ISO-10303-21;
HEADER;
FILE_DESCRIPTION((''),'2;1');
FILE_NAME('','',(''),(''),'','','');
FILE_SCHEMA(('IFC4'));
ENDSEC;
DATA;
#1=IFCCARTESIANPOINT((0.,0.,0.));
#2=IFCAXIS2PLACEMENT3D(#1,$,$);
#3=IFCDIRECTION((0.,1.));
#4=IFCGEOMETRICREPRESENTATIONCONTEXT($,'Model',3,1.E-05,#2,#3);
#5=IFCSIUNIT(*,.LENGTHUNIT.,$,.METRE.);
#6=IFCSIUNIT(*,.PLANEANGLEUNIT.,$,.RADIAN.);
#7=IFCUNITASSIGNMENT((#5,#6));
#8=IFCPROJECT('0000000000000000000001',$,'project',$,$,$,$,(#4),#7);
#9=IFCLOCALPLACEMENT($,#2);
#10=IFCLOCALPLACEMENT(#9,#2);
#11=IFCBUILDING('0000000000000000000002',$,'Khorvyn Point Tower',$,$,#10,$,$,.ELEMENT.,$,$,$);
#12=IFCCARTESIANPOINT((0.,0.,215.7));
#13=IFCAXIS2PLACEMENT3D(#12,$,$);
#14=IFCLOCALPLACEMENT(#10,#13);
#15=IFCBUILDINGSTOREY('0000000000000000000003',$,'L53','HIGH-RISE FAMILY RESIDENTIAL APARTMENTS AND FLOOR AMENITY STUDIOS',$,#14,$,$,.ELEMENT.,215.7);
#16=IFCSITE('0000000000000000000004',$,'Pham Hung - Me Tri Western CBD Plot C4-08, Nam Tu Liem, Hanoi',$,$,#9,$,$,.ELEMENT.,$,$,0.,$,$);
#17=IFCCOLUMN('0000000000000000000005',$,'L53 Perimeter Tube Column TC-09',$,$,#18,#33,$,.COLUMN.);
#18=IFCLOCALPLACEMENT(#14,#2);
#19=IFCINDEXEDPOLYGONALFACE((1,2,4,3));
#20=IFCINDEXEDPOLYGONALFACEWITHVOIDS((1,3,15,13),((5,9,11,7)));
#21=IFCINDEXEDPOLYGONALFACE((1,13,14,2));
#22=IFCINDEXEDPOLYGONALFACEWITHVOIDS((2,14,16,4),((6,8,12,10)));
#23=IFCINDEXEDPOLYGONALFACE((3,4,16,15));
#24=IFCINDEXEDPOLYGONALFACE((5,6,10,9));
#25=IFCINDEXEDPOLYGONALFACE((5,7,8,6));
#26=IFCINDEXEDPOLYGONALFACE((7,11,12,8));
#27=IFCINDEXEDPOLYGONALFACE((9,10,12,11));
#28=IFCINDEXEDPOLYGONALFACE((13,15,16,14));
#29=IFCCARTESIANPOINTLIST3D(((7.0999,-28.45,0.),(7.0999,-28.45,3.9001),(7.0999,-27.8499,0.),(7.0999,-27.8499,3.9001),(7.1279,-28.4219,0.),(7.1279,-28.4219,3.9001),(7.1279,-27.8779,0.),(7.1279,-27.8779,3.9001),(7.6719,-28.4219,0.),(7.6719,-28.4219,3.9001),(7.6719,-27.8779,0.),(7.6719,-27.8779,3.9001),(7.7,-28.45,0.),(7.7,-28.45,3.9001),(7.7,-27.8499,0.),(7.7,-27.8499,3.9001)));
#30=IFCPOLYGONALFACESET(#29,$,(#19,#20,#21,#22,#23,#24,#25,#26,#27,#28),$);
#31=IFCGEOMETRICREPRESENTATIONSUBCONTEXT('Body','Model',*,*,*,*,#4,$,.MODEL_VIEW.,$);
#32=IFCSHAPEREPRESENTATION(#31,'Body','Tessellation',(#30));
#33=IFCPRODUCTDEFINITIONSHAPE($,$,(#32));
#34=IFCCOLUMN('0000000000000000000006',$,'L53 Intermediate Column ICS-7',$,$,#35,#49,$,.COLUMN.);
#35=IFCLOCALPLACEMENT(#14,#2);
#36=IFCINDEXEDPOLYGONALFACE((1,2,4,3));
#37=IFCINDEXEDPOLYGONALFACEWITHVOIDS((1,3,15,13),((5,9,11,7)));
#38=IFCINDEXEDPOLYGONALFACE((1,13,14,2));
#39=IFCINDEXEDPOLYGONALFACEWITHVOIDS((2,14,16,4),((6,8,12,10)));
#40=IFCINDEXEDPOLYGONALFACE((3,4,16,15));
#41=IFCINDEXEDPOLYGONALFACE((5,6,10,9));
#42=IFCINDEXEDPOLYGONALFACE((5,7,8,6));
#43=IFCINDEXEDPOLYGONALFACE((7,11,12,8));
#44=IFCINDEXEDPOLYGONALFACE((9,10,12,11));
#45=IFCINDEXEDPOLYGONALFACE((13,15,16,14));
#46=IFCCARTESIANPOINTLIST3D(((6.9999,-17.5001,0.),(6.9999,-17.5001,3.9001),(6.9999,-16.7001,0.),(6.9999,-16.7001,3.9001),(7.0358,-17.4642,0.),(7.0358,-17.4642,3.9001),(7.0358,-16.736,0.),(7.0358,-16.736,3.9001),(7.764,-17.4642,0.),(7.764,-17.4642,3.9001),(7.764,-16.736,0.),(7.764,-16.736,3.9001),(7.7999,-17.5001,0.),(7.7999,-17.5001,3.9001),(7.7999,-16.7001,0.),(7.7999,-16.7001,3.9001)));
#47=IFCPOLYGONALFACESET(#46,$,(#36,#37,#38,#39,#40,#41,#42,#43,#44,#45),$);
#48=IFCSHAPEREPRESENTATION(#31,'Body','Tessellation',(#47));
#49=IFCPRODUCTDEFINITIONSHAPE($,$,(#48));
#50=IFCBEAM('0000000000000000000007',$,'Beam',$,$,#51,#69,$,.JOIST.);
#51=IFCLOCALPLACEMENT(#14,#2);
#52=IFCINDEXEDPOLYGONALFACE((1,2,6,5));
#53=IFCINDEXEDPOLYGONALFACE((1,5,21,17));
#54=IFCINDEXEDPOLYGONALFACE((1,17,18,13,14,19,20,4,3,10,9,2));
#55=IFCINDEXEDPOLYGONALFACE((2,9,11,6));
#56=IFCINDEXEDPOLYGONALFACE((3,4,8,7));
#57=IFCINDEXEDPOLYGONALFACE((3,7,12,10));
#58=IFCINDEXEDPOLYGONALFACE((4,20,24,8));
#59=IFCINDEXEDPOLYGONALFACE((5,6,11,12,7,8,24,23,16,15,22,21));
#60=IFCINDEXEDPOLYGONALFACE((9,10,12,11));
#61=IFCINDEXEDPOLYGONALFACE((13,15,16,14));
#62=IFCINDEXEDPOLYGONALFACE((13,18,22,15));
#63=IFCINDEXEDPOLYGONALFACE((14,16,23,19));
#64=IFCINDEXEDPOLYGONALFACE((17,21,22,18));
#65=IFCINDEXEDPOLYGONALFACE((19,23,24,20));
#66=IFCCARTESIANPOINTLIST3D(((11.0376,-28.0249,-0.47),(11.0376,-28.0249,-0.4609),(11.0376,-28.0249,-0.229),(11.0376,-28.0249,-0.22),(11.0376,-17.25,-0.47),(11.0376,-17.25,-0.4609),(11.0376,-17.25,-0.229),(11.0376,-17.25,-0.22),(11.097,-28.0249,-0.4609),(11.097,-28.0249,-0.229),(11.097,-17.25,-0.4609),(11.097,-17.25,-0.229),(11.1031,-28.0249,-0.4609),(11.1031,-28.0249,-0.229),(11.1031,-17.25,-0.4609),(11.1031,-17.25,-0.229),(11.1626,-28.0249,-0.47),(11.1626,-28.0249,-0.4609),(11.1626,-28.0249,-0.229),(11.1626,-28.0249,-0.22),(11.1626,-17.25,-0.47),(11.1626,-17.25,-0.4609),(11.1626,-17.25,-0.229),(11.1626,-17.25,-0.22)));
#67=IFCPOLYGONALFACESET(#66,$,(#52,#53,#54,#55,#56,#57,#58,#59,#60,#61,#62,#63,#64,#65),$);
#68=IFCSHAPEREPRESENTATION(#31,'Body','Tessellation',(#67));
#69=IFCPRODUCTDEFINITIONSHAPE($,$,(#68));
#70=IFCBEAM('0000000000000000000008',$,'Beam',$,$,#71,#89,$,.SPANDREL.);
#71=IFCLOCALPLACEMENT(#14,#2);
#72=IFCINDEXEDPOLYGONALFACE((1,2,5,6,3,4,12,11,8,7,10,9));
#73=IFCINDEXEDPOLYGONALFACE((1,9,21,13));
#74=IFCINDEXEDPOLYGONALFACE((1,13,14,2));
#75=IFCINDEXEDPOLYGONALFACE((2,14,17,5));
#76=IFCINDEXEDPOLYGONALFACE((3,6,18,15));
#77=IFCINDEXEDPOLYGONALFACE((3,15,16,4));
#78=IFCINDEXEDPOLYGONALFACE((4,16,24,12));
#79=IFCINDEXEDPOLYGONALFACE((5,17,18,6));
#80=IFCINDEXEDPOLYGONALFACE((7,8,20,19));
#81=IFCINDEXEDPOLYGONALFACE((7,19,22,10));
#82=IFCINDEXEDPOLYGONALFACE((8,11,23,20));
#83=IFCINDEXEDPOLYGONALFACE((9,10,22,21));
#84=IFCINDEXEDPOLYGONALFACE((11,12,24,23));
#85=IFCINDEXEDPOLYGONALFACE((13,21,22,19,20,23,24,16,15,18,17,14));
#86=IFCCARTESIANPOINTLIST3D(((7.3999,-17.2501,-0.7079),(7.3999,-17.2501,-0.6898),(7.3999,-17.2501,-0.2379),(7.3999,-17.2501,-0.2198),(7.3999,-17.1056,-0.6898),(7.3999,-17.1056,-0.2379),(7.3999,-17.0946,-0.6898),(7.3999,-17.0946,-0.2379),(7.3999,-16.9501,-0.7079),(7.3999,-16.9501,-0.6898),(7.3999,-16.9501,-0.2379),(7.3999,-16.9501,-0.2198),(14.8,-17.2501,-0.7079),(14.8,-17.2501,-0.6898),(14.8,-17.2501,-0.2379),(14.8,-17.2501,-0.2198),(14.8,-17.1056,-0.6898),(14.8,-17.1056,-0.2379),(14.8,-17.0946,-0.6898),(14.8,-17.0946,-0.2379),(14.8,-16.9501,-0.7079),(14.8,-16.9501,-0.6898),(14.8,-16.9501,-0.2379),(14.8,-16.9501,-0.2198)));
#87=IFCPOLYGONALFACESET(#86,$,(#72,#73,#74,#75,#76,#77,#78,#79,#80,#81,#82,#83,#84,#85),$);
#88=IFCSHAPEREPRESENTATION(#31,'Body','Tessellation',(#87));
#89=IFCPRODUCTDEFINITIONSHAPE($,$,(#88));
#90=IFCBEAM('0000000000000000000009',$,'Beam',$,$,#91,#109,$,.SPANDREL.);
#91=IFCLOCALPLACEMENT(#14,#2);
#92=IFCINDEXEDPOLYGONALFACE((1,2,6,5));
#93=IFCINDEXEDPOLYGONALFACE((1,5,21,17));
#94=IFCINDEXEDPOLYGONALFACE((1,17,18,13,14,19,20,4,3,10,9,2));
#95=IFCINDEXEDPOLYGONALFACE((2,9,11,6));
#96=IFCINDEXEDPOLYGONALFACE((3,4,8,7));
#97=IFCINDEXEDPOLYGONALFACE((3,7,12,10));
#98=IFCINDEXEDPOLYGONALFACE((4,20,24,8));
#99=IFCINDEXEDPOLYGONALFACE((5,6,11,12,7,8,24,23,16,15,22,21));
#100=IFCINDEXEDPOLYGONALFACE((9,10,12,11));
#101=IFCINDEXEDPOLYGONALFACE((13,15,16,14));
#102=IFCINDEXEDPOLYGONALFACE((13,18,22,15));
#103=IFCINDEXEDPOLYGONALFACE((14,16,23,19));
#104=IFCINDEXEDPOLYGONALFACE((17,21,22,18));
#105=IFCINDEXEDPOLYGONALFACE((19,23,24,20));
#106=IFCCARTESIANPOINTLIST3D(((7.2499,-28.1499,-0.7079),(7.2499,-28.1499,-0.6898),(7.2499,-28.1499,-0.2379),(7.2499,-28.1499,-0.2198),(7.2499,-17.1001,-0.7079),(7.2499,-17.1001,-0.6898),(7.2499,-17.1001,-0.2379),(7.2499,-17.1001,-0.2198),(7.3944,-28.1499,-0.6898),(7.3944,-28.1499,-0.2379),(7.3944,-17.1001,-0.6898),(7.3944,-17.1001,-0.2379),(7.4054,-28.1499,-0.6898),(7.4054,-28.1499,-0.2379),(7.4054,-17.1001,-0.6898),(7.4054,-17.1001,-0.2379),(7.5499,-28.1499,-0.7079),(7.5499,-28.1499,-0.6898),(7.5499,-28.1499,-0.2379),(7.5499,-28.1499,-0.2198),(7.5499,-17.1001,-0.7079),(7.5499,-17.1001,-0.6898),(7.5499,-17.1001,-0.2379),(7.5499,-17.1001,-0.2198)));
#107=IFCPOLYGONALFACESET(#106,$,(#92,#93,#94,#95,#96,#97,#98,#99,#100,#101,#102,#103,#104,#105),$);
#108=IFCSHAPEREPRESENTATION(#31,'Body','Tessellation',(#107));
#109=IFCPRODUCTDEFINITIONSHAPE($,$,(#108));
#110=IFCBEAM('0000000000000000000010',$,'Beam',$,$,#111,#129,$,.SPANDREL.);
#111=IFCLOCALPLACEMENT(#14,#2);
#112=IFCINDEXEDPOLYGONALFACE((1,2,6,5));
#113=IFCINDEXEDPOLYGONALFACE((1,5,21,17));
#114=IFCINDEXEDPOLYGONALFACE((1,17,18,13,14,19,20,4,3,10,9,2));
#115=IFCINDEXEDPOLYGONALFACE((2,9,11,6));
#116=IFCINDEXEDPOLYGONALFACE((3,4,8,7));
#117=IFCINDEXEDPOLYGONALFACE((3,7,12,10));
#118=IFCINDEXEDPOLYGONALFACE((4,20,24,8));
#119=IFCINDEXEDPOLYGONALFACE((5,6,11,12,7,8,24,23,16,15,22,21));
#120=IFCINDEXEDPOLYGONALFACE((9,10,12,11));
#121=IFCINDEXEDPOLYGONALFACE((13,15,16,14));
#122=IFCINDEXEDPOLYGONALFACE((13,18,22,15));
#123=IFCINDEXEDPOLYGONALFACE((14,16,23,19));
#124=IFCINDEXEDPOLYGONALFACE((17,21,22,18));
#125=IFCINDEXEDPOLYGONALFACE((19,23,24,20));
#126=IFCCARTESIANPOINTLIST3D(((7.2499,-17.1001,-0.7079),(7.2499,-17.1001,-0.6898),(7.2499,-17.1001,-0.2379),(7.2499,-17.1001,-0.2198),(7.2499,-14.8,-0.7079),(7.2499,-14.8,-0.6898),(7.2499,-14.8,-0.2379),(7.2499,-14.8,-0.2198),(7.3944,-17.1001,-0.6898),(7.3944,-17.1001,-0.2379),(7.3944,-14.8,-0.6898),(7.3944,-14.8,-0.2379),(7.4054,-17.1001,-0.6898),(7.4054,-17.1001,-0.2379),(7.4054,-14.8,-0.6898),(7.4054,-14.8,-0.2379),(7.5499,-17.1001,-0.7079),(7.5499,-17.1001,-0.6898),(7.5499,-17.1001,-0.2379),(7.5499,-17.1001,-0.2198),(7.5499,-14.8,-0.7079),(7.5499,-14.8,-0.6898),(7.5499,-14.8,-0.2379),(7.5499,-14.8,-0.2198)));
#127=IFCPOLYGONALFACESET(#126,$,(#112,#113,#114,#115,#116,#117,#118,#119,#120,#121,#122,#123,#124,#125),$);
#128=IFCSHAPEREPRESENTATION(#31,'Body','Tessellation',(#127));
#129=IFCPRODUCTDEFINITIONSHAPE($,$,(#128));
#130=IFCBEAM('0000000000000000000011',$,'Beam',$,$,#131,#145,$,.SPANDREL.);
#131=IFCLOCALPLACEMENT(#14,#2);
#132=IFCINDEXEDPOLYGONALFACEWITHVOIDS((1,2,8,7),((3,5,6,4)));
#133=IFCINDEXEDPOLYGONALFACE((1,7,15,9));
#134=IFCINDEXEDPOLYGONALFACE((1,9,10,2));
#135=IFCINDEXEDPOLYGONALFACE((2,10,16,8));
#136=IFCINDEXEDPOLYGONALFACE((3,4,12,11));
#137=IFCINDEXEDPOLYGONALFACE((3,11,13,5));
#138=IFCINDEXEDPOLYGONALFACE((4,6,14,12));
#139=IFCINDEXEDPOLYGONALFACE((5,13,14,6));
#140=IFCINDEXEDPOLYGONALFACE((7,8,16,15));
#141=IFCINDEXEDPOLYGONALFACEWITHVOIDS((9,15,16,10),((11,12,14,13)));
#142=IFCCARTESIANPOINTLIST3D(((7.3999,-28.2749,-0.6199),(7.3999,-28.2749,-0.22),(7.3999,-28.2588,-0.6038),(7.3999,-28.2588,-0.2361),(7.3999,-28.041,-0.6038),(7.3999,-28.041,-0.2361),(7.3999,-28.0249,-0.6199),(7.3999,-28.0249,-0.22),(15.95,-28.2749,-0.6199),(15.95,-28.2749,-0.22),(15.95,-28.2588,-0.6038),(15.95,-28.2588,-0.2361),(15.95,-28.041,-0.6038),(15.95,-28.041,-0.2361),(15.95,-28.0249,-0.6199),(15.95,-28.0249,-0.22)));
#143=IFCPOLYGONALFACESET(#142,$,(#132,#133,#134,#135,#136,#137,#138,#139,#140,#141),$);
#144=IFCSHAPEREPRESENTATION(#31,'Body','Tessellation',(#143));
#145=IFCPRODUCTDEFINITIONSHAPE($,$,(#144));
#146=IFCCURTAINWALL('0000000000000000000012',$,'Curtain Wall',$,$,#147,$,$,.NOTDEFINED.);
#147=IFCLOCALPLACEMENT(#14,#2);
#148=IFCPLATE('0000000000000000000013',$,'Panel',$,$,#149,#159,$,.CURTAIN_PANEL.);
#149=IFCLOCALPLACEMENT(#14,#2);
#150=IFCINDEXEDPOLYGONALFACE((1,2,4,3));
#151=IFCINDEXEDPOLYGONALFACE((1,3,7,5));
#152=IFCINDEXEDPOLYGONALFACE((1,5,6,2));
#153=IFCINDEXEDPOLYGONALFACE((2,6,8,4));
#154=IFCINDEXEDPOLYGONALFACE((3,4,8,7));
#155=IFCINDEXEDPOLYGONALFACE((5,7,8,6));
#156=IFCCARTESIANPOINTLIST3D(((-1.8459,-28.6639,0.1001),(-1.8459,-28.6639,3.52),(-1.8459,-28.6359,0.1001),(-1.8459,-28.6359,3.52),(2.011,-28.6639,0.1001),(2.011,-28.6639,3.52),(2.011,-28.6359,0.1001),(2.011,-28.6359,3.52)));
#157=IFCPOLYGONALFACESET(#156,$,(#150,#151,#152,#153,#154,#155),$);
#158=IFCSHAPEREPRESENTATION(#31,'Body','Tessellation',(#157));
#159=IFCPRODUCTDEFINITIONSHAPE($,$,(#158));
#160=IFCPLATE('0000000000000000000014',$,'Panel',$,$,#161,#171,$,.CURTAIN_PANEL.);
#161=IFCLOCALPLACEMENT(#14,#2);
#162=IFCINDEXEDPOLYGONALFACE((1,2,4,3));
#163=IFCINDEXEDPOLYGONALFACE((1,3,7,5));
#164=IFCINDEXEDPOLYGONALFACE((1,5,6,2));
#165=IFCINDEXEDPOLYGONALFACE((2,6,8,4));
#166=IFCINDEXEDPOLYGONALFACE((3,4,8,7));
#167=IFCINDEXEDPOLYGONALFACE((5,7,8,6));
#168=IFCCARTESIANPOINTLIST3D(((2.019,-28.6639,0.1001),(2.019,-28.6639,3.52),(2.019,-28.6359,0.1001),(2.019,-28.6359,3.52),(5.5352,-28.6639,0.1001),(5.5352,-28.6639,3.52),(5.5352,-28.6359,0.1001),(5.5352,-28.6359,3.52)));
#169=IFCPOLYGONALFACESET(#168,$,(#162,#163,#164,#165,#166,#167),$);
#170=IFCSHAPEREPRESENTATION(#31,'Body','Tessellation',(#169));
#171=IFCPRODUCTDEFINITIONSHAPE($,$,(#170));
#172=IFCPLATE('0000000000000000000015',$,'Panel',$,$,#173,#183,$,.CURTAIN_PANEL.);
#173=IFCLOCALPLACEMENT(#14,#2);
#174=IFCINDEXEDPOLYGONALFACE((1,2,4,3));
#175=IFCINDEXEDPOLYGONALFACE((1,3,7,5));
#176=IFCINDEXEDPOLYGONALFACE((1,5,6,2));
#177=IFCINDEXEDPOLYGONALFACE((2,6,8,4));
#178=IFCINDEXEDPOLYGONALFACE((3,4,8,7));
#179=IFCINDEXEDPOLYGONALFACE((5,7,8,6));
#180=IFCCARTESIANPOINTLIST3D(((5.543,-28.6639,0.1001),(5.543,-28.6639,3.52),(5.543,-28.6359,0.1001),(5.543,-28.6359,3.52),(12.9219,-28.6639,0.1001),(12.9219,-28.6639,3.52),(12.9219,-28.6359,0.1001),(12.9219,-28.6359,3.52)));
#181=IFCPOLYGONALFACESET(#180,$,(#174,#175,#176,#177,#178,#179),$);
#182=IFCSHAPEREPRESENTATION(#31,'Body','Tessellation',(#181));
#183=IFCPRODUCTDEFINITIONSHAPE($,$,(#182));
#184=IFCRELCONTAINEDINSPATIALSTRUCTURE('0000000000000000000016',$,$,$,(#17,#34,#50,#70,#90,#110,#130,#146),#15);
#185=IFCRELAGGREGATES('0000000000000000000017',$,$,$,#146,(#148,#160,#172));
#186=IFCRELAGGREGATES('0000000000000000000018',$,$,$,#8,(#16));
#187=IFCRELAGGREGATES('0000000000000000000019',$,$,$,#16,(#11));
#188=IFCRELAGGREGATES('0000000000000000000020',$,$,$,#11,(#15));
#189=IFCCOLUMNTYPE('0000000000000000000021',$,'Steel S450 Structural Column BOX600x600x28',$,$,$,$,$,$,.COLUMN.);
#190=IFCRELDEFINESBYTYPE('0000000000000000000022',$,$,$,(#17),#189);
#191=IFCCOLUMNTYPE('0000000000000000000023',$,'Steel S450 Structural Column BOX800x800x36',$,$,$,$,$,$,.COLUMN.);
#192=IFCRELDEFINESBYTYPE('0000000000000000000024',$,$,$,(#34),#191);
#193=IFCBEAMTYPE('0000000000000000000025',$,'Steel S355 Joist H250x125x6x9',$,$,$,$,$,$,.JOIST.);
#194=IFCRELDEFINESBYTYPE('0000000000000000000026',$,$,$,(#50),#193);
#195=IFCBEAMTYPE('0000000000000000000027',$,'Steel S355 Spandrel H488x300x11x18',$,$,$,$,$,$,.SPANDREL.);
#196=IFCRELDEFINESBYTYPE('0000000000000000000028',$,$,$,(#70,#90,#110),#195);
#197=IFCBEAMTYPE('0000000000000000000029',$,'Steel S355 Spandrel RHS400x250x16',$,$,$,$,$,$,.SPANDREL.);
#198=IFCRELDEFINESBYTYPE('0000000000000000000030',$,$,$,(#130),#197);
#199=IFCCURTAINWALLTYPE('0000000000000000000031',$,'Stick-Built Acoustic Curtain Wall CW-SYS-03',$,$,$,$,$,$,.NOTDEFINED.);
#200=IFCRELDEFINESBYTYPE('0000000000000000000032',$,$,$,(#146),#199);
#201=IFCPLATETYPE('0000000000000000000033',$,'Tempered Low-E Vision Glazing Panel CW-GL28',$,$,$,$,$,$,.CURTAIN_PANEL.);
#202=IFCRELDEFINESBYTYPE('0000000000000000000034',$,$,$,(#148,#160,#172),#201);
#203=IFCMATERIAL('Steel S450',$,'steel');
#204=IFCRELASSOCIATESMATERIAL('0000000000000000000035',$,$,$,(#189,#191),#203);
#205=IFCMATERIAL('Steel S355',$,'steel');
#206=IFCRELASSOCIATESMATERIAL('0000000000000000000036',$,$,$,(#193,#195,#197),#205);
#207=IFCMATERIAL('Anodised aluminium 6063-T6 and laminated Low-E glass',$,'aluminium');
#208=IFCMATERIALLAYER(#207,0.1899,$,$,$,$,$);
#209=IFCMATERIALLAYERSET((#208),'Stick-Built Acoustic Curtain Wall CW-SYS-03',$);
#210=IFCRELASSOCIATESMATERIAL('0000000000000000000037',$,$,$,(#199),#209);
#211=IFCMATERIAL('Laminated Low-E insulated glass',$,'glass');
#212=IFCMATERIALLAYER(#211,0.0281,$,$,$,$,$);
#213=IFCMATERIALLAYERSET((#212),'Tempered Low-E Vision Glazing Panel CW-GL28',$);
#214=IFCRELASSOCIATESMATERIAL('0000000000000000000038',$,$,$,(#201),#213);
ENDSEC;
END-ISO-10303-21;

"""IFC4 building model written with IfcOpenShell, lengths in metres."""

from ifc_helpers import new_model, si_unit, direction, frame, origin, origin_2d, place, context, subcontext, project, spatial, rectangle, hollow_rectangle, i_section, extrude, material, layer, layer_set, material_profile, profile_set, type_object, element, aggregate, save


model = new_model("IFC4")

# Units and contexts
model_context = context("Model", 3, precision=1e-05, world=origin(), true_north=direction((0.0, 1.0)))
body_context = subcontext(model_context, "Body", "Model", "MODEL_VIEW")
ifc_project = project(units=[si_unit("LENGTHUNIT", "METRE"), si_unit("PLANEANGLEUNIT", "RADIAN")], contexts=[model_context])

# Site, building, storey
site_placement = place(None, origin())
site = spatial("IfcSite", under=ifc_project, at=site_placement, Name="Pham Hung - Me Tri Western CBD Plot C4-08, Nam Tu Liem, Hanoi", CompositionType="ELEMENT", RefElevation=0.0)
building_placement = place(site_placement, origin())
building = spatial("IfcBuilding", under=site, at=building_placement, Name="Khorvyn Point Tower", CompositionType="ELEMENT")
storey_placement = place(building_placement, frame((0.0, 0.0, 215.7)))
storey = spatial("IfcBuildingStorey", under=building, at=storey_placement, Name="L53", Description="HIGH-RISE FAMILY RESIDENTIAL APARTMENTS AND FLOOR AMENITY STUDIOS", CompositionType="ELEMENT", Elevation=215.7)

# Columns
ifc_material_1 = material(Name="Steel S450", Category="steel")
ifc_material_profile_1 = material_profile(ifc_material_1, hollow_rectangle(XDim=0.6001, YDim=0.6001, WallThickness=0.0281, at=origin_2d()))
ifc_profile_set_1 = profile_set([ifc_material_profile_1], Name="Steel S450 BOX600x600x28")
column_type_1 = type_object("IfcColumnType", Name="Steel S450 Structural Column BOX600x600x28", PredefinedType="COLUMN", material=ifc_profile_set_1)
column_1_placement = place(storey_placement, frame((7.3999, -28.1499, 0.0), z_axis=(0.0, 0.0, 1.0), x_axis=(1.0, 0.0, 0.0)))
element("IfcColumn", 1, at=column_1_placement, inside=storey, type_object=column_type_1, Name="L53 Perimeter Tube Column TC-09", PredefinedType="COLUMN", context=body_context, shape_type="SweptSolid", body=[
    extrude(hollow_rectangle(XDim=0.6001, YDim=0.6001, WallThickness=0.0281, at=origin_2d()), origin(), (0.0, 0.0, 1.0), 3.9001),
])
ifc_material_profile_2 = material_profile(ifc_material_1, hollow_rectangle(XDim=0.8, YDim=0.8, WallThickness=0.0359, at=origin_2d()))
ifc_profile_set_2 = profile_set([ifc_material_profile_2], Name="Steel S450 BOX800x800x36")
column_type_2 = type_object("IfcColumnType", Name="Steel S450 Structural Column BOX800x800x36", PredefinedType="COLUMN", material=ifc_profile_set_2)
column_2_placement = place(storey_placement, frame((7.3999, -17.1001, 0.0), z_axis=(0.0, 0.0, 1.0), x_axis=(1.0, 0.0, 0.0)))
element("IfcColumn", 2, at=column_2_placement, inside=storey, type_object=column_type_2, Name="L53 Intermediate Column ICS-7", PredefinedType="COLUMN", context=body_context, shape_type="SweptSolid", body=[
    extrude(hollow_rectangle(XDim=0.8, YDim=0.8, WallThickness=0.0359, at=origin_2d()), origin(), (0.0, 0.0, 1.0), 3.9001),
])

# Beams
ifc_material_2 = material(Name="Steel S355", Category="steel")
ifc_material_profile_3 = material_profile(ifc_material_2, i_section(OverallWidth=0.125, OverallDepth=0.25, WebThickness=0.0061, FlangeThickness=0.009, at=origin_2d()))
ifc_profile_set_3 = profile_set([ifc_material_profile_3], Name="Steel S355 H250x125x6x9")
beam_type_1 = type_object("IfcBeamType", Name="Steel S355 Joist H250x125x6x9", PredefinedType="JOIST", material=ifc_profile_set_3)
beam_1_placement = place(storey_placement, frame((11.1001, -28.0249, -0.345), z_axis=(0.0, 1.0, 0.0), x_axis=(-1.0, 0.0, 0.0)))
element("IfcBeam", 3, at=beam_1_placement, inside=storey, type_object=beam_type_1, Name="Beam", PredefinedType="JOIST", context=body_context, shape_type="SweptSolid", body=[
    extrude(i_section(OverallWidth=0.125, OverallDepth=0.25, WebThickness=0.0061, FlangeThickness=0.009, at=origin_2d()), origin(), (0.0, 0.0, 1.0), 10.7749),
])
ifc_material_profile_4 = material_profile(ifc_material_2, i_section(OverallWidth=0.3, OverallDepth=0.488, WebThickness=0.011, FlangeThickness=0.0181, at=origin_2d()))
ifc_profile_set_4 = profile_set([ifc_material_profile_4], Name="Steel S355 H488x300x11x18")
beam_type_2 = type_object("IfcBeamType", Name="Steel S355 Spandrel H488x300x11x18", PredefinedType="SPANDREL", material=ifc_profile_set_4)
beam_2_placement = place(storey_placement, frame((7.3999, -17.1001, -0.4639), z_axis=(1.0, 0.0, 0.0), x_axis=(0.0, 1.0, 0.0)))
element("IfcBeam", 4, at=beam_2_placement, inside=storey, type_object=beam_type_2, Name="Beam", PredefinedType="SPANDREL", context=body_context, shape_type="SweptSolid", body=[
    extrude(i_section(OverallWidth=0.3, OverallDepth=0.488, WebThickness=0.011, FlangeThickness=0.0181, at=origin_2d()), origin(), (0.0, 0.0, 1.0), 7.4001),
])
beam_3_placement = place(storey_placement, frame((7.3999, -28.1499, -0.4639), z_axis=(0.0, 1.0, 0.0), x_axis=(-1.0, 0.0, 0.0)))
element("IfcBeam", 5, at=beam_3_placement, inside=storey, type_object=beam_type_2, Name="Beam", PredefinedType="SPANDREL", context=body_context, shape_type="SweptSolid", body=[
    extrude(i_section(OverallWidth=0.3, OverallDepth=0.488, WebThickness=0.011, FlangeThickness=0.0181, at=origin_2d()), origin(), (0.0, 0.0, 1.0), 11.0498),
])
beam_4_placement = place(storey_placement, frame((7.3999, -17.1001, -0.4639), z_axis=(0.0, 1.0, 0.0), x_axis=(-1.0, 0.0, 0.0)))
element("IfcBeam", 6, at=beam_4_placement, inside=storey, type_object=beam_type_2, Name="Beam", PredefinedType="SPANDREL", context=body_context, shape_type="SweptSolid", body=[
    extrude(i_section(OverallWidth=0.3, OverallDepth=0.488, WebThickness=0.011, FlangeThickness=0.0181, at=origin_2d()), origin(), (0.0, 0.0, 1.0), 2.3),
])
ifc_material_profile_5 = material_profile(ifc_material_2, hollow_rectangle(XDim=0.25, YDim=0.3999, WallThickness=0.0161, at=origin_2d()))
ifc_profile_set_5 = profile_set([ifc_material_profile_5], Name="Steel S355 RHS400x250x16")
beam_type_3 = type_object("IfcBeamType", Name="Steel S355 Spandrel RHS400x250x16", PredefinedType="SPANDREL", material=ifc_profile_set_5)
beam_5_placement = place(storey_placement, frame((7.3999, -28.1499, -0.4199), z_axis=(1.0, 0.0, 0.0), x_axis=(0.0, 1.0, 0.0)))
element("IfcBeam", 7, at=beam_5_placement, inside=storey, type_object=beam_type_3, Name="Beam", PredefinedType="SPANDREL", context=body_context, shape_type="SweptSolid", body=[
    extrude(hollow_rectangle(XDim=0.25, YDim=0.3999, WallThickness=0.0161, at=origin_2d()), origin(), (0.0, 0.0, 1.0), 8.55),
])

# Curtain wall, plates
ifc_material_3 = material(Name="Anodised aluminium 6063-T6 and laminated Low-E glass", Category="aluminium")
ifc_layer_1 = layer(ifc_material_3, 0.1899)
ifc_layer_set_1 = layer_set([ifc_layer_1], Name="Stick-Built Acoustic Curtain Wall CW-SYS-03")
curtain_wall_type = type_object("IfcCurtainWallType", Name="Stick-Built Acoustic Curtain Wall CW-SYS-03", PredefinedType="NOTDEFINED", material=ifc_layer_set_1)
curtain_wall_placement = place(storey_placement, origin())
curtain_wall = element("IfcCurtainWall", 8, at=curtain_wall_placement, inside=storey, type_object=curtain_wall_type, Name="Curtain Wall", PredefinedType="NOTDEFINED")
ifc_material_4 = material(Name="Laminated Low-E insulated glass", Category="glass")
ifc_layer_2 = layer(ifc_material_4, 0.0281)
ifc_layer_set_2 = layer_set([ifc_layer_2], Name="Tempered Low-E Vision Glazing Panel CW-GL28")
plate_type = type_object("IfcPlateType", Name="Tempered Low-E Vision Glazing Panel CW-GL28", PredefinedType="CURTAIN_PANEL", material=ifc_layer_set_2)
plate_1_placement = place(storey_placement, frame((0.0825, -28.6499, 0.1001), z_axis=(0.0, 0.0, 1.0), x_axis=(-1.0, 0.0, 0.0)))
plate_1 = element("IfcPlate", 9, at=plate_1_placement, type_object=plate_type, Name="Panel", PredefinedType="CURTAIN_PANEL", context=body_context, shape_type="SweptSolid", body=[
    extrude(rectangle(XDim=3.8569, YDim=0.0281, at=origin_2d()), origin(), (0.0, 0.0, 1.0), 3.4199),
])
plate_2_placement = place(storey_placement, frame((3.7771, -28.6499, 0.1001), z_axis=(0.0, 0.0, 1.0), x_axis=(-1.0, 0.0, 0.0)))
plate_2 = element("IfcPlate", 10, at=plate_2_placement, type_object=plate_type, Name="Panel", PredefinedType="CURTAIN_PANEL", context=body_context, shape_type="SweptSolid", body=[
    extrude(rectangle(XDim=3.5161, YDim=0.0281, at=origin_2d()), origin(), (0.0, 0.0, 1.0), 3.4199),
])
plate_3_placement = place(storey_placement, frame((9.2324, -28.6499, 0.1001), z_axis=(0.0, 0.0, 1.0), x_axis=(-1.0, 0.0, 0.0)))
plate_3 = element("IfcPlate", 11, at=plate_3_placement, type_object=plate_type, Name="Panel", PredefinedType="CURTAIN_PANEL", context=body_context, shape_type="SweptSolid", body=[
    extrude(rectangle(XDim=7.3789, YDim=0.0281, at=origin_2d()), origin(), (0.0, 0.0, 1.0), 3.4199),
])
aggregate(curtain_wall, [plate_1, plate_2, plate_3])

save(model, "model.ifc")
